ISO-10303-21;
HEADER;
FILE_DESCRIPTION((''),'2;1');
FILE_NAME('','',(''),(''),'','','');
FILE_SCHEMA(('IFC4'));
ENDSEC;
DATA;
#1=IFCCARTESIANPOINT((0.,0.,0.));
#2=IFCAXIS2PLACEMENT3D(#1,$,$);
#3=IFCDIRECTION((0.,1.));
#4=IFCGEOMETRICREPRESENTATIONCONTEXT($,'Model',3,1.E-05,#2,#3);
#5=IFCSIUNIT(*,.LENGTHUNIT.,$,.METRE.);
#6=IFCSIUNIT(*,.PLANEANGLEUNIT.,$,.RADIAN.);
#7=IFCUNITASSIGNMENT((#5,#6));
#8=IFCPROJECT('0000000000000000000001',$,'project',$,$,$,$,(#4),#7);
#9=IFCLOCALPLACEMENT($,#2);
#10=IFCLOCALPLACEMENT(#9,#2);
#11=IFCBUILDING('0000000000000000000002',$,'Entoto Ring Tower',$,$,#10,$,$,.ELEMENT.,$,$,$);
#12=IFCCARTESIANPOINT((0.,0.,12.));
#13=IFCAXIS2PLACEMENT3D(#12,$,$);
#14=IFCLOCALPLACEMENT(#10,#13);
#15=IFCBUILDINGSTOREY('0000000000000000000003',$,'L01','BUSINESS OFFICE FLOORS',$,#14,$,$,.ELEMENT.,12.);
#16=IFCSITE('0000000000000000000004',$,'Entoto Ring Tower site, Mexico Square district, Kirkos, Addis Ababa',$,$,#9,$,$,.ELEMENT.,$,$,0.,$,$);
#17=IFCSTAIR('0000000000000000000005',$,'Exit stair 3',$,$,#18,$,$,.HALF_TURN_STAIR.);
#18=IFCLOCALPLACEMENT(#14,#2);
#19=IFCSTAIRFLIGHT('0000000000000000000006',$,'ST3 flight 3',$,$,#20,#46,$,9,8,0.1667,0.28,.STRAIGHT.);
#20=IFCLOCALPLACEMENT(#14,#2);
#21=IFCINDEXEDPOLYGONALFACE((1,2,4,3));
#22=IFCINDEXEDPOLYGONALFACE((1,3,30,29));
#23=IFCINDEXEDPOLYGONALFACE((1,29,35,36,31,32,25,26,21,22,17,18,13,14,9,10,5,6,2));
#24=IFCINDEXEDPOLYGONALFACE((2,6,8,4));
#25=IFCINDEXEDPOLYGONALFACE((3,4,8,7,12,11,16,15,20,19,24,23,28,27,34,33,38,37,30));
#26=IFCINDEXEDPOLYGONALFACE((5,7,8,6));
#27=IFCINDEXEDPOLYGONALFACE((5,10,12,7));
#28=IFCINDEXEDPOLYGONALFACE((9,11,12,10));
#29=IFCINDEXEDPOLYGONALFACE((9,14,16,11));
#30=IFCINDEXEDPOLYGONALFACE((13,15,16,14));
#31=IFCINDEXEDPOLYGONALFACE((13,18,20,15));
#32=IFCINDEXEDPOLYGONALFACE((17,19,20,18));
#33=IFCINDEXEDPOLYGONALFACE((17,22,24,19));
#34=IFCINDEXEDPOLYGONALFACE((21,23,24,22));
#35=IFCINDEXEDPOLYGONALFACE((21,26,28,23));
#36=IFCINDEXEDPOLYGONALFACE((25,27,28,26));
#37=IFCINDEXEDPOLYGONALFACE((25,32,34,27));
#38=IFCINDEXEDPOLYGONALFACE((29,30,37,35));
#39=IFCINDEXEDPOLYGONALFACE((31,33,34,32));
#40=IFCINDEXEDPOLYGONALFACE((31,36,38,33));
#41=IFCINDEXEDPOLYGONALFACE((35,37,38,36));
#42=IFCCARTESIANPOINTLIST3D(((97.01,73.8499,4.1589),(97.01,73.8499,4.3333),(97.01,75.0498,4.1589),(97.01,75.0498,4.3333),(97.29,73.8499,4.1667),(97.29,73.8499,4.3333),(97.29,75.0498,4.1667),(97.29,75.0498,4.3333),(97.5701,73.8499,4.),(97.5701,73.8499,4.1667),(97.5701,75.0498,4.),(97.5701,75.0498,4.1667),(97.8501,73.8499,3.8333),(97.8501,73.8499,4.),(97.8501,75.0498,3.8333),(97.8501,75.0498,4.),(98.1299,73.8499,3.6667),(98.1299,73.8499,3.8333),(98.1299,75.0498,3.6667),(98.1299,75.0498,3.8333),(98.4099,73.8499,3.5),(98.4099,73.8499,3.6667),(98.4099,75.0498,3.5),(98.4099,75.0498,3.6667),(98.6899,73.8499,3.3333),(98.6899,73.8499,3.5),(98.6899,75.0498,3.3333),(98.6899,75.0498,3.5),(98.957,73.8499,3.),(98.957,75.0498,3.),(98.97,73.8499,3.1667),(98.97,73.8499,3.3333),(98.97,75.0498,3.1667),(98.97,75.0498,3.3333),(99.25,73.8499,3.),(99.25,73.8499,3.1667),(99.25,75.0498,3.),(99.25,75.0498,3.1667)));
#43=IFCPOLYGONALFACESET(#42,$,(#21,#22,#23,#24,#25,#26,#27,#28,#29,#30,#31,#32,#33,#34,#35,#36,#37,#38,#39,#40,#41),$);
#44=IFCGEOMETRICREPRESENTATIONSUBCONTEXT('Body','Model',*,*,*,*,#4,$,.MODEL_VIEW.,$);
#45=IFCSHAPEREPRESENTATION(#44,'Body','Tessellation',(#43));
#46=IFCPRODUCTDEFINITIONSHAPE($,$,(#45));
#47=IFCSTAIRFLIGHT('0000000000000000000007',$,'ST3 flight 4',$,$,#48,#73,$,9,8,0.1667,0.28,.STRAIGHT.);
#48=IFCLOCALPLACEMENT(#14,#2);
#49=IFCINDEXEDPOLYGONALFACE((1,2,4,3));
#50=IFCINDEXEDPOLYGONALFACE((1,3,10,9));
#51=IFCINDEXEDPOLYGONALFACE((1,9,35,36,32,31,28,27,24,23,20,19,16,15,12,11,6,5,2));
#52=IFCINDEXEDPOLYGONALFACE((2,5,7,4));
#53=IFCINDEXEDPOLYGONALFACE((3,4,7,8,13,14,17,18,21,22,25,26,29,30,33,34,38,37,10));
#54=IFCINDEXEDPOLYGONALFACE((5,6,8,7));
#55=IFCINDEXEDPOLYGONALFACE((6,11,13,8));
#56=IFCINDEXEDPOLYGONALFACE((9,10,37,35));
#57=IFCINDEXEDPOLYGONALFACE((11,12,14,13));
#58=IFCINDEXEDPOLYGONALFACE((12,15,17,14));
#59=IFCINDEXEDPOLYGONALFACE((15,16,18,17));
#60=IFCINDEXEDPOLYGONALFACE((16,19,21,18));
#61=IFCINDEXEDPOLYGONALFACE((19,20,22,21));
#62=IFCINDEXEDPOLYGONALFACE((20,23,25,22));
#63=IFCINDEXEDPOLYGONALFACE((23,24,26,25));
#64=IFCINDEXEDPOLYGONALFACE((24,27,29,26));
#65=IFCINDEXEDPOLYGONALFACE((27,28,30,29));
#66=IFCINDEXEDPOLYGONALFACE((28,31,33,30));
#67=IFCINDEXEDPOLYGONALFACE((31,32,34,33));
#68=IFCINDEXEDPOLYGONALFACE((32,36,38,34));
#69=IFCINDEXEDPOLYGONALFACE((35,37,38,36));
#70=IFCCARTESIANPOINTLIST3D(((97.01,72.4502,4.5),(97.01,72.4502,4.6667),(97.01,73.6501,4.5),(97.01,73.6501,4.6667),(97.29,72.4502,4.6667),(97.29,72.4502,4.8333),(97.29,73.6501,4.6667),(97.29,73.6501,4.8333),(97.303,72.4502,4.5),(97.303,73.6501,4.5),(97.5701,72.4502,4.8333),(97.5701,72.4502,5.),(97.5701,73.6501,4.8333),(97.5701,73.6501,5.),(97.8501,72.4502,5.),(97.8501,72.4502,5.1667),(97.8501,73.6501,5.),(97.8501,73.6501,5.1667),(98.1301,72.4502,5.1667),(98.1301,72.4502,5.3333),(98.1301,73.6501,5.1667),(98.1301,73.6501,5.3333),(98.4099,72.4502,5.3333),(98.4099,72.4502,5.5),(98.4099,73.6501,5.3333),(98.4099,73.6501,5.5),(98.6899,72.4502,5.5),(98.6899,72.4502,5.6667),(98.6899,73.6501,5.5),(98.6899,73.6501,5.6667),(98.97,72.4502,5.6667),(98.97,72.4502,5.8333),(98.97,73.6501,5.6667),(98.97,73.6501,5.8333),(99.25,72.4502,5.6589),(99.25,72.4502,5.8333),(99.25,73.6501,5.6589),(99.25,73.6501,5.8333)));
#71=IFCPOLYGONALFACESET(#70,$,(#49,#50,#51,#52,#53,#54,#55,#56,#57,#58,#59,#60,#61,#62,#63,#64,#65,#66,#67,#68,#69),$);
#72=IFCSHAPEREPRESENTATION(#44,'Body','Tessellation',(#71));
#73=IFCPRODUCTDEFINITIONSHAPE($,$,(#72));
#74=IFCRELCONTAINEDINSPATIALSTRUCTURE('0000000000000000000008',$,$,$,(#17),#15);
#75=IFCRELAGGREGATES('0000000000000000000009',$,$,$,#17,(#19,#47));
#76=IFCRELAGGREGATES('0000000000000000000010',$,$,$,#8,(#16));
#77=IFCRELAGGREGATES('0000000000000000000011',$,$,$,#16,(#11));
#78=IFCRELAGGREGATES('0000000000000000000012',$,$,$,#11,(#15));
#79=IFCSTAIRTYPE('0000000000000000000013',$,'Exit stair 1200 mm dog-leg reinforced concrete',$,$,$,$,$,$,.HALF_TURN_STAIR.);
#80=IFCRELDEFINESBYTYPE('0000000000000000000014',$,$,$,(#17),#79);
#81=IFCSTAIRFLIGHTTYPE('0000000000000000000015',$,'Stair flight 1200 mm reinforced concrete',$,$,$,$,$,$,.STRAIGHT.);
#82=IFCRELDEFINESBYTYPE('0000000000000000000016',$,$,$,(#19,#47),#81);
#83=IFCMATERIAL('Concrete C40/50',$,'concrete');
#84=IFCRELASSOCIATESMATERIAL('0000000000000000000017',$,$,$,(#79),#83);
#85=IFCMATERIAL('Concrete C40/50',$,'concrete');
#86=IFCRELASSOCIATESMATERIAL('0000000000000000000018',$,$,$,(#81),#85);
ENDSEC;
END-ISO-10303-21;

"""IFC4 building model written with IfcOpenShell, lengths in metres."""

from ifc_helpers import new_model, si_unit, direction, frame, origin, place, context, subcontext, project, spatial, polyline, outline, extrude, material, type_object, element, aggregate, save


model = new_model("IFC4")

# Units and contexts
model_context = context("Model", 3, precision=1e-05, world=origin(), true_north=direction((0.0, 1.0)))
body_context = subcontext(model_context, "Body", "Model", "MODEL_VIEW")
ifc_project = project(units=[si_unit("LENGTHUNIT", "METRE"), si_unit("PLANEANGLEUNIT", "RADIAN")], contexts=[model_context])

# Site, building, storey
site_placement = place(None, origin())
site = spatial("IfcSite", under=ifc_project, at=site_placement, Name="Entoto Ring Tower site, Mexico Square district, Kirkos, Addis Ababa", CompositionType="ELEMENT", RefElevation=0.0)
building_placement = place(site_placement, origin())
building = spatial("IfcBuilding", under=site, at=building_placement, Name="Entoto Ring Tower", CompositionType="ELEMENT")
storey_placement = place(building_placement, frame((0.0, 0.0, 12.0)))
storey = spatial("IfcBuildingStorey", under=building, at=storey_placement, Name="L01", Description="BUSINESS OFFICE FLOORS", CompositionType="ELEMENT", Elevation=12.0)

# Stair, stair flights
ifc_material_1 = material(Name="Concrete C40/50", Category="concrete")
stair_type = type_object("IfcStairType", Name="Exit stair 1200 mm dog-leg reinforced concrete", PredefinedType="HALF_TURN_STAIR", material=ifc_material_1)
stair_placement = place(storey_placement, origin())
stair = element("IfcStair", 1, at=stair_placement, inside=storey, type_object=stair_type, Name="Exit stair 3", PredefinedType="HALF_TURN_STAIR")
ifc_material_2 = material(Name="Concrete C40/50", Category="concrete")
stair_flight_type = type_object("IfcStairFlightType", Name="Stair flight 1200 mm reinforced concrete", PredefinedType="STRAIGHT", material=ifc_material_2)
stair_flight_1_placement = place(storey_placement, frame((99.25, 74.45, 3.0), z_axis=(0.0, 0.0, 1.0), x_axis=(-1.0, 0.0, 0.0)))
stair_flight_1 = element("IfcStairFlight", 2, at=stair_flight_1_placement, type_object=stair_flight_type, Name="ST3 flight 3", NumberOfRisers=9, NumberOfTreads=8, PredefinedType="STRAIGHT", RiserHeight=0.1667, TreadLength=0.28, context=body_context, shape_type="SweptSolid", body=[
    extrude(outline(polyline([(0.0, 0.0), (0.0, 0.1667), (0.28, 0.1667), (0.28, 0.3333), (0.5601, 0.3333), (0.5601, 0.5), (0.8401, 0.5), (0.8401, 0.6667), (1.1201, 0.6667), (1.1201, 0.8333), (1.3999, 0.8333), (1.3999, 1.0), (1.6799, 1.0), (1.6799, 1.1667), (1.96, 1.1667), (1.96, 1.3333), (2.24, 1.3333), (2.24, 1.5), (2.24, 1.1589), (0.293, 0.0), (0.0, 0.0)])), frame((0.0, 0.6001, 0.0), z_axis=(0.0, -1.0, 0.0), x_axis=(1.0, 0.0, 0.0)), (0.0, 0.0, 1.0), 1.2),
])
stair_flight_2_placement = place(storey_placement, frame((97.01, 73.05, 4.5), z_axis=(0.0, 0.0, 1.0), x_axis=(1.0, 0.0, 0.0)))
stair_flight_2 = element("IfcStairFlight", 3, at=stair_flight_2_placement, type_object=stair_flight_type, Name="ST3 flight 4", NumberOfRisers=9, NumberOfTreads=8, PredefinedType="STRAIGHT", RiserHeight=0.1667, TreadLength=0.28, context=body_context, shape_type="SweptSolid", body=[
    extrude(outline(polyline([(0.0, 0.0), (0.0, 0.1667), (0.28, 0.1667), (0.28, 0.3333), (0.5601, 0.3333), (0.5601, 0.5), (0.8401, 0.5), (0.8401, 0.6667), (1.1201, 0.6667), (1.1201, 0.8333), (1.3999, 0.8333), (1.3999, 1.0), (1.6799, 1.0), (1.6799, 1.1667), (1.96, 1.1667), (1.96, 1.3333), (2.24, 1.3333), (2.24, 1.5), (2.24, 1.1589), (0.293, 0.0), (0.0, 0.0)])), frame((0.0, 0.6001, 0.0), z_axis=(0.0, -1.0, 0.0), x_axis=(1.0, 0.0, 0.0)), (0.0, 0.0, 1.0), 1.2),
])
aggregate(stair, [stair_flight_1, stair_flight_2])

save(model, "model.ifc")
